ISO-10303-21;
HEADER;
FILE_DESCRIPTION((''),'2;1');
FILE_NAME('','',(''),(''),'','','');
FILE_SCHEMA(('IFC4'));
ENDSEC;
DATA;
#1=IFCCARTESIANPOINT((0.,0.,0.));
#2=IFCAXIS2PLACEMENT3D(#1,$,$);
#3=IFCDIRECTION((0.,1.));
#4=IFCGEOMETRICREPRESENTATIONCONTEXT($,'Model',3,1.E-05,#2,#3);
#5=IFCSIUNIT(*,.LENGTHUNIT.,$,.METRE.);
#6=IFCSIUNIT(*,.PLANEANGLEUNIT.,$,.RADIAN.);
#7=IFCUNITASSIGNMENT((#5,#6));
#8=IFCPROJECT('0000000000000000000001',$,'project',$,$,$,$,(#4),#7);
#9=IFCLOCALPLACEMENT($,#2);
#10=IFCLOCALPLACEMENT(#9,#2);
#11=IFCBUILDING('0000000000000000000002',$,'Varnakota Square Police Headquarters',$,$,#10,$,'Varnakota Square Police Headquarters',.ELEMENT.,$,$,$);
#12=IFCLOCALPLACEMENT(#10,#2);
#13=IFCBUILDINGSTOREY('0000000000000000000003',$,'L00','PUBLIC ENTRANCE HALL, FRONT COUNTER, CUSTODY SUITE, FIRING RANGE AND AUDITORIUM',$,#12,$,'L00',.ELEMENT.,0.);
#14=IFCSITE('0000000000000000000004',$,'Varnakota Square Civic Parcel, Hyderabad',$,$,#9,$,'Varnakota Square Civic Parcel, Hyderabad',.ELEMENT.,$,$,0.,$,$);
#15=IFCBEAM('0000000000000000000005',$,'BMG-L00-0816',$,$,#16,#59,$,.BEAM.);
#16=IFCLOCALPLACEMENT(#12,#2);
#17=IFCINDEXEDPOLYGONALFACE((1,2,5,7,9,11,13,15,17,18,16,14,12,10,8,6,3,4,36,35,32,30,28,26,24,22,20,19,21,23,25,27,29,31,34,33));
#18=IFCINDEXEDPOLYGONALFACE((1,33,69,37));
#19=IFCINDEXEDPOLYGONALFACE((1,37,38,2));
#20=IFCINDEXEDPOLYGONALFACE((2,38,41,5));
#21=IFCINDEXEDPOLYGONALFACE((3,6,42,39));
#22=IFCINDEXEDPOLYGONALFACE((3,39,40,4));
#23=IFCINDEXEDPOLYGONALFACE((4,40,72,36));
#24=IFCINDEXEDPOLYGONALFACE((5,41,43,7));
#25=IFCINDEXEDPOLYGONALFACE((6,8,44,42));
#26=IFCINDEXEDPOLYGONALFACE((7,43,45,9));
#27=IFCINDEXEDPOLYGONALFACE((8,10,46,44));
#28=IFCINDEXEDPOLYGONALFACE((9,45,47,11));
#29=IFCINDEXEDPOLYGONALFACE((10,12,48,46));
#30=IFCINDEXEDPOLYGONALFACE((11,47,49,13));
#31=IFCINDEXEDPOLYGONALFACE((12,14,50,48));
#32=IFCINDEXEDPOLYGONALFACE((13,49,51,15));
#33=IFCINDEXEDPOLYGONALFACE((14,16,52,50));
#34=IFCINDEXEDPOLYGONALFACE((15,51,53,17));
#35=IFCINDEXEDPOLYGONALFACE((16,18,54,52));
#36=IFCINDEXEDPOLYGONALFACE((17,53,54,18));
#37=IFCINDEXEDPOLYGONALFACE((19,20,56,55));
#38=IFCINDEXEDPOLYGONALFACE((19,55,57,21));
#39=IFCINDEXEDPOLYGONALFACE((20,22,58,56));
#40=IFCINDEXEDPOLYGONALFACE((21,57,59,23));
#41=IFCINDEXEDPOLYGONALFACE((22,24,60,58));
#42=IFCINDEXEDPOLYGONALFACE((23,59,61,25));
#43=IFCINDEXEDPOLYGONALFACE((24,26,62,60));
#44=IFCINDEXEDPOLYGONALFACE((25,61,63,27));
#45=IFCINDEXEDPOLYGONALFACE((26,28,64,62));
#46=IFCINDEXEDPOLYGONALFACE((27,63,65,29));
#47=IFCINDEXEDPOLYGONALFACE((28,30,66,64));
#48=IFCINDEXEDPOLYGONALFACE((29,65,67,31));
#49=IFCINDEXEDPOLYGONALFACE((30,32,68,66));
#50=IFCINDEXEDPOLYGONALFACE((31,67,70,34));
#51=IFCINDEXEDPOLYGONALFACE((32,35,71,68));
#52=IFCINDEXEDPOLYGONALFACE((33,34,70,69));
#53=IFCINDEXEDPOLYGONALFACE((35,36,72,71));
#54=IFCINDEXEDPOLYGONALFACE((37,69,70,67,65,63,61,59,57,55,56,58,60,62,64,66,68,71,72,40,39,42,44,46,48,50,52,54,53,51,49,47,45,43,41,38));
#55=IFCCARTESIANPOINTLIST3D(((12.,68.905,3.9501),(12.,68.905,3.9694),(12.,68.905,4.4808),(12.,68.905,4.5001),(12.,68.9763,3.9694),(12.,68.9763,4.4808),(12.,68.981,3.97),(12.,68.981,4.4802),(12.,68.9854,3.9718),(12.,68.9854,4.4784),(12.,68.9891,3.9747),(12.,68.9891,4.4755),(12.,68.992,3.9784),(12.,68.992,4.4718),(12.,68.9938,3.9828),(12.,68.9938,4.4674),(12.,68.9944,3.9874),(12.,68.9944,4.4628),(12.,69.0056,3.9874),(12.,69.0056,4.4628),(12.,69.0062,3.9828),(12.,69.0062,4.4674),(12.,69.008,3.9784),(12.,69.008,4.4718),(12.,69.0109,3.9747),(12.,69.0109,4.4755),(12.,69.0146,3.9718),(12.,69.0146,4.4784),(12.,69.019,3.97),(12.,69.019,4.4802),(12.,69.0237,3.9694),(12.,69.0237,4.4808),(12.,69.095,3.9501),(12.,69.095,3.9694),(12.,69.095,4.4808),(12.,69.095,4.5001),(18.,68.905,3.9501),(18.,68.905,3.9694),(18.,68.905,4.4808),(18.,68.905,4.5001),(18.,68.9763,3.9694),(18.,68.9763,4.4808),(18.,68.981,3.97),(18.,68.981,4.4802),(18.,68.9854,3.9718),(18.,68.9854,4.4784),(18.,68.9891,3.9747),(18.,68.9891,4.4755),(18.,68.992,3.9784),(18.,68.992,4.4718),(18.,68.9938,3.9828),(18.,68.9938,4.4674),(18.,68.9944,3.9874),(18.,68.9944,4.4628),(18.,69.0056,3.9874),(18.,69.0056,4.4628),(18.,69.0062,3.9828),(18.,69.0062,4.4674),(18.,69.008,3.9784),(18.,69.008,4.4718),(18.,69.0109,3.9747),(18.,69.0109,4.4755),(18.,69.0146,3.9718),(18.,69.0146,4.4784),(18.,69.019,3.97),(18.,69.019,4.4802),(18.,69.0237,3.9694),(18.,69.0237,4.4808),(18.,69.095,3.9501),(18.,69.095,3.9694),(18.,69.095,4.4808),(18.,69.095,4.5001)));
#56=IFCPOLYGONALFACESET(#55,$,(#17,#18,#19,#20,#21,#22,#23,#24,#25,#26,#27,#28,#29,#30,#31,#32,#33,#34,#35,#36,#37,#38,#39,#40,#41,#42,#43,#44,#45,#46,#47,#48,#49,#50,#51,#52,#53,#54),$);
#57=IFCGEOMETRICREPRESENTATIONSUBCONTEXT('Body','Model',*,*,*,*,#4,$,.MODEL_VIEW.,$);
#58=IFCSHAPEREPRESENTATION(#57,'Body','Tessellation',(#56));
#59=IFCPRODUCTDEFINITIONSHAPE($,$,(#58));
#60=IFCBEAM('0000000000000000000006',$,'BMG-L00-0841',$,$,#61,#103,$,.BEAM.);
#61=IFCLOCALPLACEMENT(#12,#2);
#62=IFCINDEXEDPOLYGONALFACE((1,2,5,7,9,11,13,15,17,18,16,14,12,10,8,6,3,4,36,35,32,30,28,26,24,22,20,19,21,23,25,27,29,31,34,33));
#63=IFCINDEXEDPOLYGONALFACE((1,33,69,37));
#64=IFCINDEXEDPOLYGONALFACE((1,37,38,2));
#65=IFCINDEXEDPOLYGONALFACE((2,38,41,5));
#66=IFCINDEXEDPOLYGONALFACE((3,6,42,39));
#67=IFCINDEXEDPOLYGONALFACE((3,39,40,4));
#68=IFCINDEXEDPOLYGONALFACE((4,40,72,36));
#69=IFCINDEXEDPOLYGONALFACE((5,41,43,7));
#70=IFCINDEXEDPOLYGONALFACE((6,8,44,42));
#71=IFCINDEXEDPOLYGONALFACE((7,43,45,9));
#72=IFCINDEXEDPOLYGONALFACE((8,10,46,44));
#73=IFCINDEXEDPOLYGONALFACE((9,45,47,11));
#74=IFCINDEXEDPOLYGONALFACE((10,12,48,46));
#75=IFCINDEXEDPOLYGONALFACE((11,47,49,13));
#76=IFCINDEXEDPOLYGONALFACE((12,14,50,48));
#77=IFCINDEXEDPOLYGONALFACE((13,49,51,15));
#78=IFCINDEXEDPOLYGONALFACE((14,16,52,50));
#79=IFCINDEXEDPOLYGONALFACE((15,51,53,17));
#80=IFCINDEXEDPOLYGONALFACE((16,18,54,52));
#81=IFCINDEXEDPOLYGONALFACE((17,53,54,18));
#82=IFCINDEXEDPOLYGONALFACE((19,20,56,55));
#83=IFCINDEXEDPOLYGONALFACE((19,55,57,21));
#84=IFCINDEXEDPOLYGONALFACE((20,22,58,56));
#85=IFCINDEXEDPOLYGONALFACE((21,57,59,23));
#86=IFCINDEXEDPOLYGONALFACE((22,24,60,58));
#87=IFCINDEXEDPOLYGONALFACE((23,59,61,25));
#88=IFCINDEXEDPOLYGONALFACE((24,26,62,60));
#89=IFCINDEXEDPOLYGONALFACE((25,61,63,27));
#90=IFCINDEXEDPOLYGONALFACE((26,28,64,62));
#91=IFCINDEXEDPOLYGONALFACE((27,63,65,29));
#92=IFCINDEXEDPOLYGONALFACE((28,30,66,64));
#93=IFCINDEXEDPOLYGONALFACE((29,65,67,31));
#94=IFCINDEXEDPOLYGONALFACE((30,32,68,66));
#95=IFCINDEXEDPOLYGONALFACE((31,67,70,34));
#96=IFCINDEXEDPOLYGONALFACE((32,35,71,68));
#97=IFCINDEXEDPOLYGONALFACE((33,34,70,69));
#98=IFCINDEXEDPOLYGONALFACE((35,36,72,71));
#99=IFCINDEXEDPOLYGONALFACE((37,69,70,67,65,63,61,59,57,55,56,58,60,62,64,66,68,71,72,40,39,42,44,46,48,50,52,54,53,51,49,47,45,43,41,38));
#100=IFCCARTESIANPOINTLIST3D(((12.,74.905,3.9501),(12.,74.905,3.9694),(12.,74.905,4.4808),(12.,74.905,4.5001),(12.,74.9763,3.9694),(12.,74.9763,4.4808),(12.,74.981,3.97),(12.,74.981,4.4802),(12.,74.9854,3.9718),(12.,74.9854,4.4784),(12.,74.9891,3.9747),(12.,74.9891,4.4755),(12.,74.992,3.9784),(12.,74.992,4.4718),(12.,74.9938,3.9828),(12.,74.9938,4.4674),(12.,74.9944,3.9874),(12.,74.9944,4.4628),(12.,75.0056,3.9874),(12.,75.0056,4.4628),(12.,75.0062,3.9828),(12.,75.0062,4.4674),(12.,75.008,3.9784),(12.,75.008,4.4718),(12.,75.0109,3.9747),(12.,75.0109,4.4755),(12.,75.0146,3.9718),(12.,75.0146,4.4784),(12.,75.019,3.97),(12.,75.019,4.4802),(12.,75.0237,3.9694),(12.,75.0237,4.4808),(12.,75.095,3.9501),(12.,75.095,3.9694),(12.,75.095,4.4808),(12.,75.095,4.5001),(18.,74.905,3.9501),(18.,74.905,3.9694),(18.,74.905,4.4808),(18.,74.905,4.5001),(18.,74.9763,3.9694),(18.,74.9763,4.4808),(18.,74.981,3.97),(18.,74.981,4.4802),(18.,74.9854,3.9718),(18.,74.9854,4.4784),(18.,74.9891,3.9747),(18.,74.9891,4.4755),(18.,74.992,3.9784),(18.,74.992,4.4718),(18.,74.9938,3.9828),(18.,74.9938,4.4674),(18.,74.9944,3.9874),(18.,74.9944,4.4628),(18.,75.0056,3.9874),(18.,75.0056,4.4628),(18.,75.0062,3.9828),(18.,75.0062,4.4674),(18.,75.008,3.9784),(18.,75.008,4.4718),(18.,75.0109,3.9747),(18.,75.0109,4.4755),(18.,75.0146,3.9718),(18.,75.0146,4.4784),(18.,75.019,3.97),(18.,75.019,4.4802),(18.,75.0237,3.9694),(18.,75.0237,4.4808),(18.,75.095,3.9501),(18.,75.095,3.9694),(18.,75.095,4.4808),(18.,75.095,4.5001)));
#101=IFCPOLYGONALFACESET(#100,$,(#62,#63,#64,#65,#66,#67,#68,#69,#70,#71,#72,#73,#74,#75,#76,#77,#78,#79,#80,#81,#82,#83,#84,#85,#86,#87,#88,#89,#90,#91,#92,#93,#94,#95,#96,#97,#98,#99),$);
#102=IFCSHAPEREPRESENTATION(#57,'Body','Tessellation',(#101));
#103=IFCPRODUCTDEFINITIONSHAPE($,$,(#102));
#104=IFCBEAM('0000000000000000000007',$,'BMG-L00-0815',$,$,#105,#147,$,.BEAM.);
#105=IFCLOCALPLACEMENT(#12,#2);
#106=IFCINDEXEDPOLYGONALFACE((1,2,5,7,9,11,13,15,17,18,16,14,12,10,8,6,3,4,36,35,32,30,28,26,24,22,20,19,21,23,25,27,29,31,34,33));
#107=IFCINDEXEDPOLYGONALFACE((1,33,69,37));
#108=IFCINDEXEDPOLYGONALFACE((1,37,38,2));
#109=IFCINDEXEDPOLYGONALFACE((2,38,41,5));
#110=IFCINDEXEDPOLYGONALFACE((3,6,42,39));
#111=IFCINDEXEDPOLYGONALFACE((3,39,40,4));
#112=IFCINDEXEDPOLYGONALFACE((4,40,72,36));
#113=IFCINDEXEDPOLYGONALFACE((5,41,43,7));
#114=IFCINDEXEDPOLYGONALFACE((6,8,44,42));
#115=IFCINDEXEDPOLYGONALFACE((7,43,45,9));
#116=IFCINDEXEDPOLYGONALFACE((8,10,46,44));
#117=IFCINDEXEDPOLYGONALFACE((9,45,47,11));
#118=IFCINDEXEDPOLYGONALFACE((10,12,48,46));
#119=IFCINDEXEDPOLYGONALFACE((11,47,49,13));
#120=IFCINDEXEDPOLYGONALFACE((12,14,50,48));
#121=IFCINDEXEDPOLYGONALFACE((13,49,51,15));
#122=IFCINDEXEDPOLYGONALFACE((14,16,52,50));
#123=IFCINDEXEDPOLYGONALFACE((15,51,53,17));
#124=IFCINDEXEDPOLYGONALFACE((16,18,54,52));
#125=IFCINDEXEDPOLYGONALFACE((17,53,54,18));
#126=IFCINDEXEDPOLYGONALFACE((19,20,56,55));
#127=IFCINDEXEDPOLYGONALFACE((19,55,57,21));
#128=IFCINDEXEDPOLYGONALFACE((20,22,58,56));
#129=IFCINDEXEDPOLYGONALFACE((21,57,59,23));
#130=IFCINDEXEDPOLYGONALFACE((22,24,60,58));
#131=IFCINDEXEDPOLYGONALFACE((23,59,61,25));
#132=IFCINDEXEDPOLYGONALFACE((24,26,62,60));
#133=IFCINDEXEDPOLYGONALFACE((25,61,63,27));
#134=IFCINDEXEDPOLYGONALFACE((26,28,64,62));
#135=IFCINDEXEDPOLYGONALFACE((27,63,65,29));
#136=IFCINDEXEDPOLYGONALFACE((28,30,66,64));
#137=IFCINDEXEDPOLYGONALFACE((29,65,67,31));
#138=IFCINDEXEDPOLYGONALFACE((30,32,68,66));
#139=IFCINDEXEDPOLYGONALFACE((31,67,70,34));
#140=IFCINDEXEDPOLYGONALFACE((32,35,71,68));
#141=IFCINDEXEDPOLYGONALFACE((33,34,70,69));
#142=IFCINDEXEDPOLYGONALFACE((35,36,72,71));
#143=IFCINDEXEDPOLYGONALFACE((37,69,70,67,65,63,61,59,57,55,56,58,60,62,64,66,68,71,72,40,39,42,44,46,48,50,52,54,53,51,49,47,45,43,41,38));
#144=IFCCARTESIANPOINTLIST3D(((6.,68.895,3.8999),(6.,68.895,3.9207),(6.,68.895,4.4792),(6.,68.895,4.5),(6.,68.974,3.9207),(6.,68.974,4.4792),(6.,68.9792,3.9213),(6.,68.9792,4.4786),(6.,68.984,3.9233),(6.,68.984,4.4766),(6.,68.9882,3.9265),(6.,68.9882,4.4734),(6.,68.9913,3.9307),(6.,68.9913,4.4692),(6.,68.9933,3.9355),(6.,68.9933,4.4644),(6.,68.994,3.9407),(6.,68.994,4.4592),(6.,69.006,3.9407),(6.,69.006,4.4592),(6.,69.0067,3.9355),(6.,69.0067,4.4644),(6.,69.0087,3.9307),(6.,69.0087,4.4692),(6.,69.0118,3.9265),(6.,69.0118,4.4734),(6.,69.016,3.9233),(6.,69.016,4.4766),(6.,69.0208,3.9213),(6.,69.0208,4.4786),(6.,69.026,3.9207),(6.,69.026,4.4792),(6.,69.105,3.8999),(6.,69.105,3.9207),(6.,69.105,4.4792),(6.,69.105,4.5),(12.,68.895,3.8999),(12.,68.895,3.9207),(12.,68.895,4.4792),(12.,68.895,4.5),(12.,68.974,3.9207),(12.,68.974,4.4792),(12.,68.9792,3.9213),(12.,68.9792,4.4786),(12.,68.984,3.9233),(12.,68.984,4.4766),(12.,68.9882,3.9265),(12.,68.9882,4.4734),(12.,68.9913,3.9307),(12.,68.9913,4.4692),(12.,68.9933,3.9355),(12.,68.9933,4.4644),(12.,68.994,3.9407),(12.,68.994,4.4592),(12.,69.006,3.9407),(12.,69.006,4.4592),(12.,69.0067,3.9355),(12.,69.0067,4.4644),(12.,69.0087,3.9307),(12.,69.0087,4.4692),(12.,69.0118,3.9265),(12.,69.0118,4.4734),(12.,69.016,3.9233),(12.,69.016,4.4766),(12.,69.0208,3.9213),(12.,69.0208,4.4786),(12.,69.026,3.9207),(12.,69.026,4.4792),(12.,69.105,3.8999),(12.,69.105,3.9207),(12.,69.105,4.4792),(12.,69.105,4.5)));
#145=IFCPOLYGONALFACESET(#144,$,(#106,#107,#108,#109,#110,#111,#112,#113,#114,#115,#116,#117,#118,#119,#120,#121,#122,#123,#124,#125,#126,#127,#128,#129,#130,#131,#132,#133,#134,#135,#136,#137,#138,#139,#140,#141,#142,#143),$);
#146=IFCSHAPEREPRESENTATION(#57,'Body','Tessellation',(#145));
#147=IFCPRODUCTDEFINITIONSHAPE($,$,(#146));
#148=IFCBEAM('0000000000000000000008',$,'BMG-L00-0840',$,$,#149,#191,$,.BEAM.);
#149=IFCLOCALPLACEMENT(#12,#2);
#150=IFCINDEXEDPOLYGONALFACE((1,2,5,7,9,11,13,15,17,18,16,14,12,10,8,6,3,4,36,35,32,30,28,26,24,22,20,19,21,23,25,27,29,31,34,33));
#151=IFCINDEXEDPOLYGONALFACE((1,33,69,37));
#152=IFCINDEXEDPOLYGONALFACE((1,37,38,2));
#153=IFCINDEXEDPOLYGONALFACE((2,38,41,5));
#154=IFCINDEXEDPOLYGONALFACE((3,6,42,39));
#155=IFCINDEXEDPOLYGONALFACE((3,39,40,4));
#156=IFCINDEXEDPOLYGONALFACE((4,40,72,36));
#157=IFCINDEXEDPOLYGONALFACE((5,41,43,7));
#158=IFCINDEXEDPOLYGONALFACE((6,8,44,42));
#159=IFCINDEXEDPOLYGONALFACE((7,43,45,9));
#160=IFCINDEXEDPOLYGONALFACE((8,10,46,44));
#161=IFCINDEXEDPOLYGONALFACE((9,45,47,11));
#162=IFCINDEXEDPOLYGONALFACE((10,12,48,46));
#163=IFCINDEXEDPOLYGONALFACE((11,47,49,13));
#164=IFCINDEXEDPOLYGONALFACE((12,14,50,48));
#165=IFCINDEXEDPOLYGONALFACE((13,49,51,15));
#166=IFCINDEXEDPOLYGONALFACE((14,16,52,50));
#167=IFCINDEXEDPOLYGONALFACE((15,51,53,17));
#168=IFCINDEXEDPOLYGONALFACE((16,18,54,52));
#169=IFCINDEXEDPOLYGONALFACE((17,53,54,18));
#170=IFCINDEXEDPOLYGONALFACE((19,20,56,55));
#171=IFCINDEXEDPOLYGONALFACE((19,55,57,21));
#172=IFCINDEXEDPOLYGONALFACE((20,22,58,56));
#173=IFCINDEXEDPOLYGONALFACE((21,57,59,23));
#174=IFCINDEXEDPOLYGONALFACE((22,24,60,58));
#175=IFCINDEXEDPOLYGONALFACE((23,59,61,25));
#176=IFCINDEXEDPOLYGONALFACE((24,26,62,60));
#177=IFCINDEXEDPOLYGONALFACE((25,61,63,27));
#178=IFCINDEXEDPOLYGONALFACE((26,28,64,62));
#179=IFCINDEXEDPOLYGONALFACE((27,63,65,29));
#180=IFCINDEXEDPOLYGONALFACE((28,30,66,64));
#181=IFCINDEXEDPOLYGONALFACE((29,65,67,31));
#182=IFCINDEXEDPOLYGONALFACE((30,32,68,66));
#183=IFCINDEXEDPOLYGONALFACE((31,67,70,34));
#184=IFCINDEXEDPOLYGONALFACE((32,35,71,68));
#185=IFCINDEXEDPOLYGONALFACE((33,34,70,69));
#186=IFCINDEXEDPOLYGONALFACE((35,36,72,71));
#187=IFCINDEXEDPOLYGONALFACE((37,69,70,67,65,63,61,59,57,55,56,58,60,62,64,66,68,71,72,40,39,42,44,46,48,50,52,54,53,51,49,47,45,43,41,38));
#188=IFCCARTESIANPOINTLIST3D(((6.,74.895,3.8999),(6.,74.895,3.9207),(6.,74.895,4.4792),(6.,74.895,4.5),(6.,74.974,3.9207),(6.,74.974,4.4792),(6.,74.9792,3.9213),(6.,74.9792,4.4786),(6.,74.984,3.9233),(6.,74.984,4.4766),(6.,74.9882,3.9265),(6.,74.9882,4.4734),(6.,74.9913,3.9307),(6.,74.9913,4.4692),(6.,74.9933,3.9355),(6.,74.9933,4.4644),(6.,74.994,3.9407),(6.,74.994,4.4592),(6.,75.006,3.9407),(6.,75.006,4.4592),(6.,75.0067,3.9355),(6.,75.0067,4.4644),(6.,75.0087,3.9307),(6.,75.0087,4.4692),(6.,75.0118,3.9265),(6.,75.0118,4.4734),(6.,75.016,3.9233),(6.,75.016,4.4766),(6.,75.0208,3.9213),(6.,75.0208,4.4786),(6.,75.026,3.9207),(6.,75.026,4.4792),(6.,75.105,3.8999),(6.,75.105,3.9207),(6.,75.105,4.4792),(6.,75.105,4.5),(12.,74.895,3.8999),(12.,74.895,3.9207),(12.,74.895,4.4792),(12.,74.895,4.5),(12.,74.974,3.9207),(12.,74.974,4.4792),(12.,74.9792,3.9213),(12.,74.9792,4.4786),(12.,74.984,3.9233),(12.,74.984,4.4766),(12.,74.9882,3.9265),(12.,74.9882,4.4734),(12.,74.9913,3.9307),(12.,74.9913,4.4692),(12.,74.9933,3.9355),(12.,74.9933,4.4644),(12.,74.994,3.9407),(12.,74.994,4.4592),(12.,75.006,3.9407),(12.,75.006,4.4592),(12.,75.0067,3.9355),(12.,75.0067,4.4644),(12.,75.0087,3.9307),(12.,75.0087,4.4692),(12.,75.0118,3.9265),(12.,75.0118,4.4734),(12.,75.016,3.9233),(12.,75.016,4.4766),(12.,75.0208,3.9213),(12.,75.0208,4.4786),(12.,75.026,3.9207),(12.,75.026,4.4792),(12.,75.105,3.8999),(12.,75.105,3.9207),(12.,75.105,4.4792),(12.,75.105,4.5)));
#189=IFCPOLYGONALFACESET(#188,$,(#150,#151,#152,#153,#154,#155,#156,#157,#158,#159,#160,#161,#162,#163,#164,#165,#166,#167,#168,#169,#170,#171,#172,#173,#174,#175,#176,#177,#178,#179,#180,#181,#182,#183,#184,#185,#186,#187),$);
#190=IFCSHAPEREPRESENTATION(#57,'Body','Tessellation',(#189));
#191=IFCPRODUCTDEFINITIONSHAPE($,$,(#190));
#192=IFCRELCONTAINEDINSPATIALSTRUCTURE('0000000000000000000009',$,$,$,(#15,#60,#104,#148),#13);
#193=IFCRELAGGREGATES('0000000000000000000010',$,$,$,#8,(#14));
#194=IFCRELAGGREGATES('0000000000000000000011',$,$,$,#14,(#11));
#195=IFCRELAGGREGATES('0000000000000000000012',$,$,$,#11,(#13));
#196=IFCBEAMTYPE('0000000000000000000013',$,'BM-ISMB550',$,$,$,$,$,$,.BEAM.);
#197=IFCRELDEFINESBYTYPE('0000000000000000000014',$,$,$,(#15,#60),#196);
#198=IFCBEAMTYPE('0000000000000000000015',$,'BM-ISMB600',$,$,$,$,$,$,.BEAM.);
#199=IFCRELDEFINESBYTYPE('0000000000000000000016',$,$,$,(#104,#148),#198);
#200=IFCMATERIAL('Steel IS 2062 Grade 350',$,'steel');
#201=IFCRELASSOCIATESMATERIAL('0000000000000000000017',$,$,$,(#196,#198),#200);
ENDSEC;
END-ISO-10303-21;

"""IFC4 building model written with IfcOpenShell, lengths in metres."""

from ifc_helpers import new_model, si_unit, direction, frame, origin, origin_2d, place, context, subcontext, project, spatial, i_section, extrude, material, material_profile, profile_set, type_object, element, save


model = new_model("IFC4")

# Units and contexts
model_context = context("Model", 3, precision=1e-05, world=origin(), true_north=direction((0.0, 1.0)))
body_context = subcontext(model_context, "Body", "Model", "MODEL_VIEW")
ifc_project = project(units=[si_unit("LENGTHUNIT", "METRE"), si_unit("PLANEANGLEUNIT", "RADIAN")], contexts=[model_context])

# Site, building, storey
site_placement = place(None, origin())
site = spatial("IfcSite", under=ifc_project, at=site_placement, Name="Varnakota Square Civic Parcel, Hyderabad", LongName="Varnakota Square Civic Parcel, Hyderabad", CompositionType="ELEMENT", RefElevation=0.0)
building_placement = place(site_placement, origin())
building = spatial("IfcBuilding", under=site, at=building_placement, Name="Varnakota Square Police Headquarters", LongName="Varnakota Square Police Headquarters", CompositionType="ELEMENT")
storey_placement = place(building_placement, origin())
storey = spatial("IfcBuildingStorey", under=building, at=storey_placement, Name="L00", Description="PUBLIC ENTRANCE HALL, FRONT COUNTER, CUSTODY SUITE, FIRING RANGE AND AUDITORIUM", LongName="L00", CompositionType="ELEMENT", Elevation=0.0)

# Beams
ifc_material_1 = material(Name="Steel IS 2062 Grade 350", Category="steel")
ifc_material_profile_1 = material_profile(ifc_material_1, i_section(OverallWidth=0.1899, OverallDepth=0.55, WebThickness=0.0112, FlangeThickness=0.0193, FilletRadius=0.0181, at=origin_2d()), Name="ISMB 550")
ifc_profile_set_1 = profile_set([ifc_material_profile_1], Name="Steel IS 2062 Grade 350")
beam_type_1 = type_object("IfcBeamType", Name="BM-ISMB550", PredefinedType="BEAM", material=ifc_profile_set_1)
for number, where, z_axis, x_axis, name in (
    (1, (12.0, 69.0, 4.2251), (1.0, 0.0, 0.0), (0.0, 1.0, 0.0), "BMG-L00-0816"),
    (2, (12.0, 75.0, 4.2251), (1.0, 0.0, 0.0), (0.0, 1.0, 0.0), "BMG-L00-0841"),
):
    element("IfcBeam", number, at=place(storey_placement, frame(where, z_axis=z_axis, x_axis=x_axis)), inside=storey, type_object=beam_type_1, Name=name, PredefinedType="BEAM", context=body_context, shape_type="SweptSolid", body=[
        extrude(i_section(OverallWidth=0.1899, OverallDepth=0.55, WebThickness=0.0112, FlangeThickness=0.0193, FilletRadius=0.0181, at=origin_2d()), origin(), (0.0, 0.0, 1.0), 6.0),
    ])
ifc_material_profile_2 = material_profile(ifc_material_1, i_section(OverallWidth=0.21, OverallDepth=0.6001, WebThickness=0.012, FlangeThickness=0.0208, FilletRadius=0.02, at=origin_2d()), Name="ISMB 600")
ifc_profile_set_2 = profile_set([ifc_material_profile_2], Name="Steel IS 2062 Grade 350")
beam_type_2 = type_object("IfcBeamType", Name="BM-ISMB600", PredefinedType="BEAM", material=ifc_profile_set_2)
for number, where, z_axis, x_axis, name in (
    (3, (6.0, 69.0, 4.2), (1.0, 0.0, 0.0), (0.0, 1.0, 0.0), "BMG-L00-0815"),
    (4, (6.0, 75.0, 4.2), (1.0, 0.0, 0.0), (0.0, 1.0, 0.0), "BMG-L00-0840"),
):
    element("IfcBeam", number, at=place(storey_placement, frame(where, z_axis=z_axis, x_axis=x_axis)), inside=storey, type_object=beam_type_2, Name=name, PredefinedType="BEAM", context=body_context, shape_type="SweptSolid", body=[
        extrude(i_section(OverallWidth=0.21, OverallDepth=0.6001, WebThickness=0.012, FlangeThickness=0.0208, FilletRadius=0.02, at=origin_2d()), origin(), (0.0, 0.0, 1.0), 6.0),
    ])

save(model, "model.ifc")
